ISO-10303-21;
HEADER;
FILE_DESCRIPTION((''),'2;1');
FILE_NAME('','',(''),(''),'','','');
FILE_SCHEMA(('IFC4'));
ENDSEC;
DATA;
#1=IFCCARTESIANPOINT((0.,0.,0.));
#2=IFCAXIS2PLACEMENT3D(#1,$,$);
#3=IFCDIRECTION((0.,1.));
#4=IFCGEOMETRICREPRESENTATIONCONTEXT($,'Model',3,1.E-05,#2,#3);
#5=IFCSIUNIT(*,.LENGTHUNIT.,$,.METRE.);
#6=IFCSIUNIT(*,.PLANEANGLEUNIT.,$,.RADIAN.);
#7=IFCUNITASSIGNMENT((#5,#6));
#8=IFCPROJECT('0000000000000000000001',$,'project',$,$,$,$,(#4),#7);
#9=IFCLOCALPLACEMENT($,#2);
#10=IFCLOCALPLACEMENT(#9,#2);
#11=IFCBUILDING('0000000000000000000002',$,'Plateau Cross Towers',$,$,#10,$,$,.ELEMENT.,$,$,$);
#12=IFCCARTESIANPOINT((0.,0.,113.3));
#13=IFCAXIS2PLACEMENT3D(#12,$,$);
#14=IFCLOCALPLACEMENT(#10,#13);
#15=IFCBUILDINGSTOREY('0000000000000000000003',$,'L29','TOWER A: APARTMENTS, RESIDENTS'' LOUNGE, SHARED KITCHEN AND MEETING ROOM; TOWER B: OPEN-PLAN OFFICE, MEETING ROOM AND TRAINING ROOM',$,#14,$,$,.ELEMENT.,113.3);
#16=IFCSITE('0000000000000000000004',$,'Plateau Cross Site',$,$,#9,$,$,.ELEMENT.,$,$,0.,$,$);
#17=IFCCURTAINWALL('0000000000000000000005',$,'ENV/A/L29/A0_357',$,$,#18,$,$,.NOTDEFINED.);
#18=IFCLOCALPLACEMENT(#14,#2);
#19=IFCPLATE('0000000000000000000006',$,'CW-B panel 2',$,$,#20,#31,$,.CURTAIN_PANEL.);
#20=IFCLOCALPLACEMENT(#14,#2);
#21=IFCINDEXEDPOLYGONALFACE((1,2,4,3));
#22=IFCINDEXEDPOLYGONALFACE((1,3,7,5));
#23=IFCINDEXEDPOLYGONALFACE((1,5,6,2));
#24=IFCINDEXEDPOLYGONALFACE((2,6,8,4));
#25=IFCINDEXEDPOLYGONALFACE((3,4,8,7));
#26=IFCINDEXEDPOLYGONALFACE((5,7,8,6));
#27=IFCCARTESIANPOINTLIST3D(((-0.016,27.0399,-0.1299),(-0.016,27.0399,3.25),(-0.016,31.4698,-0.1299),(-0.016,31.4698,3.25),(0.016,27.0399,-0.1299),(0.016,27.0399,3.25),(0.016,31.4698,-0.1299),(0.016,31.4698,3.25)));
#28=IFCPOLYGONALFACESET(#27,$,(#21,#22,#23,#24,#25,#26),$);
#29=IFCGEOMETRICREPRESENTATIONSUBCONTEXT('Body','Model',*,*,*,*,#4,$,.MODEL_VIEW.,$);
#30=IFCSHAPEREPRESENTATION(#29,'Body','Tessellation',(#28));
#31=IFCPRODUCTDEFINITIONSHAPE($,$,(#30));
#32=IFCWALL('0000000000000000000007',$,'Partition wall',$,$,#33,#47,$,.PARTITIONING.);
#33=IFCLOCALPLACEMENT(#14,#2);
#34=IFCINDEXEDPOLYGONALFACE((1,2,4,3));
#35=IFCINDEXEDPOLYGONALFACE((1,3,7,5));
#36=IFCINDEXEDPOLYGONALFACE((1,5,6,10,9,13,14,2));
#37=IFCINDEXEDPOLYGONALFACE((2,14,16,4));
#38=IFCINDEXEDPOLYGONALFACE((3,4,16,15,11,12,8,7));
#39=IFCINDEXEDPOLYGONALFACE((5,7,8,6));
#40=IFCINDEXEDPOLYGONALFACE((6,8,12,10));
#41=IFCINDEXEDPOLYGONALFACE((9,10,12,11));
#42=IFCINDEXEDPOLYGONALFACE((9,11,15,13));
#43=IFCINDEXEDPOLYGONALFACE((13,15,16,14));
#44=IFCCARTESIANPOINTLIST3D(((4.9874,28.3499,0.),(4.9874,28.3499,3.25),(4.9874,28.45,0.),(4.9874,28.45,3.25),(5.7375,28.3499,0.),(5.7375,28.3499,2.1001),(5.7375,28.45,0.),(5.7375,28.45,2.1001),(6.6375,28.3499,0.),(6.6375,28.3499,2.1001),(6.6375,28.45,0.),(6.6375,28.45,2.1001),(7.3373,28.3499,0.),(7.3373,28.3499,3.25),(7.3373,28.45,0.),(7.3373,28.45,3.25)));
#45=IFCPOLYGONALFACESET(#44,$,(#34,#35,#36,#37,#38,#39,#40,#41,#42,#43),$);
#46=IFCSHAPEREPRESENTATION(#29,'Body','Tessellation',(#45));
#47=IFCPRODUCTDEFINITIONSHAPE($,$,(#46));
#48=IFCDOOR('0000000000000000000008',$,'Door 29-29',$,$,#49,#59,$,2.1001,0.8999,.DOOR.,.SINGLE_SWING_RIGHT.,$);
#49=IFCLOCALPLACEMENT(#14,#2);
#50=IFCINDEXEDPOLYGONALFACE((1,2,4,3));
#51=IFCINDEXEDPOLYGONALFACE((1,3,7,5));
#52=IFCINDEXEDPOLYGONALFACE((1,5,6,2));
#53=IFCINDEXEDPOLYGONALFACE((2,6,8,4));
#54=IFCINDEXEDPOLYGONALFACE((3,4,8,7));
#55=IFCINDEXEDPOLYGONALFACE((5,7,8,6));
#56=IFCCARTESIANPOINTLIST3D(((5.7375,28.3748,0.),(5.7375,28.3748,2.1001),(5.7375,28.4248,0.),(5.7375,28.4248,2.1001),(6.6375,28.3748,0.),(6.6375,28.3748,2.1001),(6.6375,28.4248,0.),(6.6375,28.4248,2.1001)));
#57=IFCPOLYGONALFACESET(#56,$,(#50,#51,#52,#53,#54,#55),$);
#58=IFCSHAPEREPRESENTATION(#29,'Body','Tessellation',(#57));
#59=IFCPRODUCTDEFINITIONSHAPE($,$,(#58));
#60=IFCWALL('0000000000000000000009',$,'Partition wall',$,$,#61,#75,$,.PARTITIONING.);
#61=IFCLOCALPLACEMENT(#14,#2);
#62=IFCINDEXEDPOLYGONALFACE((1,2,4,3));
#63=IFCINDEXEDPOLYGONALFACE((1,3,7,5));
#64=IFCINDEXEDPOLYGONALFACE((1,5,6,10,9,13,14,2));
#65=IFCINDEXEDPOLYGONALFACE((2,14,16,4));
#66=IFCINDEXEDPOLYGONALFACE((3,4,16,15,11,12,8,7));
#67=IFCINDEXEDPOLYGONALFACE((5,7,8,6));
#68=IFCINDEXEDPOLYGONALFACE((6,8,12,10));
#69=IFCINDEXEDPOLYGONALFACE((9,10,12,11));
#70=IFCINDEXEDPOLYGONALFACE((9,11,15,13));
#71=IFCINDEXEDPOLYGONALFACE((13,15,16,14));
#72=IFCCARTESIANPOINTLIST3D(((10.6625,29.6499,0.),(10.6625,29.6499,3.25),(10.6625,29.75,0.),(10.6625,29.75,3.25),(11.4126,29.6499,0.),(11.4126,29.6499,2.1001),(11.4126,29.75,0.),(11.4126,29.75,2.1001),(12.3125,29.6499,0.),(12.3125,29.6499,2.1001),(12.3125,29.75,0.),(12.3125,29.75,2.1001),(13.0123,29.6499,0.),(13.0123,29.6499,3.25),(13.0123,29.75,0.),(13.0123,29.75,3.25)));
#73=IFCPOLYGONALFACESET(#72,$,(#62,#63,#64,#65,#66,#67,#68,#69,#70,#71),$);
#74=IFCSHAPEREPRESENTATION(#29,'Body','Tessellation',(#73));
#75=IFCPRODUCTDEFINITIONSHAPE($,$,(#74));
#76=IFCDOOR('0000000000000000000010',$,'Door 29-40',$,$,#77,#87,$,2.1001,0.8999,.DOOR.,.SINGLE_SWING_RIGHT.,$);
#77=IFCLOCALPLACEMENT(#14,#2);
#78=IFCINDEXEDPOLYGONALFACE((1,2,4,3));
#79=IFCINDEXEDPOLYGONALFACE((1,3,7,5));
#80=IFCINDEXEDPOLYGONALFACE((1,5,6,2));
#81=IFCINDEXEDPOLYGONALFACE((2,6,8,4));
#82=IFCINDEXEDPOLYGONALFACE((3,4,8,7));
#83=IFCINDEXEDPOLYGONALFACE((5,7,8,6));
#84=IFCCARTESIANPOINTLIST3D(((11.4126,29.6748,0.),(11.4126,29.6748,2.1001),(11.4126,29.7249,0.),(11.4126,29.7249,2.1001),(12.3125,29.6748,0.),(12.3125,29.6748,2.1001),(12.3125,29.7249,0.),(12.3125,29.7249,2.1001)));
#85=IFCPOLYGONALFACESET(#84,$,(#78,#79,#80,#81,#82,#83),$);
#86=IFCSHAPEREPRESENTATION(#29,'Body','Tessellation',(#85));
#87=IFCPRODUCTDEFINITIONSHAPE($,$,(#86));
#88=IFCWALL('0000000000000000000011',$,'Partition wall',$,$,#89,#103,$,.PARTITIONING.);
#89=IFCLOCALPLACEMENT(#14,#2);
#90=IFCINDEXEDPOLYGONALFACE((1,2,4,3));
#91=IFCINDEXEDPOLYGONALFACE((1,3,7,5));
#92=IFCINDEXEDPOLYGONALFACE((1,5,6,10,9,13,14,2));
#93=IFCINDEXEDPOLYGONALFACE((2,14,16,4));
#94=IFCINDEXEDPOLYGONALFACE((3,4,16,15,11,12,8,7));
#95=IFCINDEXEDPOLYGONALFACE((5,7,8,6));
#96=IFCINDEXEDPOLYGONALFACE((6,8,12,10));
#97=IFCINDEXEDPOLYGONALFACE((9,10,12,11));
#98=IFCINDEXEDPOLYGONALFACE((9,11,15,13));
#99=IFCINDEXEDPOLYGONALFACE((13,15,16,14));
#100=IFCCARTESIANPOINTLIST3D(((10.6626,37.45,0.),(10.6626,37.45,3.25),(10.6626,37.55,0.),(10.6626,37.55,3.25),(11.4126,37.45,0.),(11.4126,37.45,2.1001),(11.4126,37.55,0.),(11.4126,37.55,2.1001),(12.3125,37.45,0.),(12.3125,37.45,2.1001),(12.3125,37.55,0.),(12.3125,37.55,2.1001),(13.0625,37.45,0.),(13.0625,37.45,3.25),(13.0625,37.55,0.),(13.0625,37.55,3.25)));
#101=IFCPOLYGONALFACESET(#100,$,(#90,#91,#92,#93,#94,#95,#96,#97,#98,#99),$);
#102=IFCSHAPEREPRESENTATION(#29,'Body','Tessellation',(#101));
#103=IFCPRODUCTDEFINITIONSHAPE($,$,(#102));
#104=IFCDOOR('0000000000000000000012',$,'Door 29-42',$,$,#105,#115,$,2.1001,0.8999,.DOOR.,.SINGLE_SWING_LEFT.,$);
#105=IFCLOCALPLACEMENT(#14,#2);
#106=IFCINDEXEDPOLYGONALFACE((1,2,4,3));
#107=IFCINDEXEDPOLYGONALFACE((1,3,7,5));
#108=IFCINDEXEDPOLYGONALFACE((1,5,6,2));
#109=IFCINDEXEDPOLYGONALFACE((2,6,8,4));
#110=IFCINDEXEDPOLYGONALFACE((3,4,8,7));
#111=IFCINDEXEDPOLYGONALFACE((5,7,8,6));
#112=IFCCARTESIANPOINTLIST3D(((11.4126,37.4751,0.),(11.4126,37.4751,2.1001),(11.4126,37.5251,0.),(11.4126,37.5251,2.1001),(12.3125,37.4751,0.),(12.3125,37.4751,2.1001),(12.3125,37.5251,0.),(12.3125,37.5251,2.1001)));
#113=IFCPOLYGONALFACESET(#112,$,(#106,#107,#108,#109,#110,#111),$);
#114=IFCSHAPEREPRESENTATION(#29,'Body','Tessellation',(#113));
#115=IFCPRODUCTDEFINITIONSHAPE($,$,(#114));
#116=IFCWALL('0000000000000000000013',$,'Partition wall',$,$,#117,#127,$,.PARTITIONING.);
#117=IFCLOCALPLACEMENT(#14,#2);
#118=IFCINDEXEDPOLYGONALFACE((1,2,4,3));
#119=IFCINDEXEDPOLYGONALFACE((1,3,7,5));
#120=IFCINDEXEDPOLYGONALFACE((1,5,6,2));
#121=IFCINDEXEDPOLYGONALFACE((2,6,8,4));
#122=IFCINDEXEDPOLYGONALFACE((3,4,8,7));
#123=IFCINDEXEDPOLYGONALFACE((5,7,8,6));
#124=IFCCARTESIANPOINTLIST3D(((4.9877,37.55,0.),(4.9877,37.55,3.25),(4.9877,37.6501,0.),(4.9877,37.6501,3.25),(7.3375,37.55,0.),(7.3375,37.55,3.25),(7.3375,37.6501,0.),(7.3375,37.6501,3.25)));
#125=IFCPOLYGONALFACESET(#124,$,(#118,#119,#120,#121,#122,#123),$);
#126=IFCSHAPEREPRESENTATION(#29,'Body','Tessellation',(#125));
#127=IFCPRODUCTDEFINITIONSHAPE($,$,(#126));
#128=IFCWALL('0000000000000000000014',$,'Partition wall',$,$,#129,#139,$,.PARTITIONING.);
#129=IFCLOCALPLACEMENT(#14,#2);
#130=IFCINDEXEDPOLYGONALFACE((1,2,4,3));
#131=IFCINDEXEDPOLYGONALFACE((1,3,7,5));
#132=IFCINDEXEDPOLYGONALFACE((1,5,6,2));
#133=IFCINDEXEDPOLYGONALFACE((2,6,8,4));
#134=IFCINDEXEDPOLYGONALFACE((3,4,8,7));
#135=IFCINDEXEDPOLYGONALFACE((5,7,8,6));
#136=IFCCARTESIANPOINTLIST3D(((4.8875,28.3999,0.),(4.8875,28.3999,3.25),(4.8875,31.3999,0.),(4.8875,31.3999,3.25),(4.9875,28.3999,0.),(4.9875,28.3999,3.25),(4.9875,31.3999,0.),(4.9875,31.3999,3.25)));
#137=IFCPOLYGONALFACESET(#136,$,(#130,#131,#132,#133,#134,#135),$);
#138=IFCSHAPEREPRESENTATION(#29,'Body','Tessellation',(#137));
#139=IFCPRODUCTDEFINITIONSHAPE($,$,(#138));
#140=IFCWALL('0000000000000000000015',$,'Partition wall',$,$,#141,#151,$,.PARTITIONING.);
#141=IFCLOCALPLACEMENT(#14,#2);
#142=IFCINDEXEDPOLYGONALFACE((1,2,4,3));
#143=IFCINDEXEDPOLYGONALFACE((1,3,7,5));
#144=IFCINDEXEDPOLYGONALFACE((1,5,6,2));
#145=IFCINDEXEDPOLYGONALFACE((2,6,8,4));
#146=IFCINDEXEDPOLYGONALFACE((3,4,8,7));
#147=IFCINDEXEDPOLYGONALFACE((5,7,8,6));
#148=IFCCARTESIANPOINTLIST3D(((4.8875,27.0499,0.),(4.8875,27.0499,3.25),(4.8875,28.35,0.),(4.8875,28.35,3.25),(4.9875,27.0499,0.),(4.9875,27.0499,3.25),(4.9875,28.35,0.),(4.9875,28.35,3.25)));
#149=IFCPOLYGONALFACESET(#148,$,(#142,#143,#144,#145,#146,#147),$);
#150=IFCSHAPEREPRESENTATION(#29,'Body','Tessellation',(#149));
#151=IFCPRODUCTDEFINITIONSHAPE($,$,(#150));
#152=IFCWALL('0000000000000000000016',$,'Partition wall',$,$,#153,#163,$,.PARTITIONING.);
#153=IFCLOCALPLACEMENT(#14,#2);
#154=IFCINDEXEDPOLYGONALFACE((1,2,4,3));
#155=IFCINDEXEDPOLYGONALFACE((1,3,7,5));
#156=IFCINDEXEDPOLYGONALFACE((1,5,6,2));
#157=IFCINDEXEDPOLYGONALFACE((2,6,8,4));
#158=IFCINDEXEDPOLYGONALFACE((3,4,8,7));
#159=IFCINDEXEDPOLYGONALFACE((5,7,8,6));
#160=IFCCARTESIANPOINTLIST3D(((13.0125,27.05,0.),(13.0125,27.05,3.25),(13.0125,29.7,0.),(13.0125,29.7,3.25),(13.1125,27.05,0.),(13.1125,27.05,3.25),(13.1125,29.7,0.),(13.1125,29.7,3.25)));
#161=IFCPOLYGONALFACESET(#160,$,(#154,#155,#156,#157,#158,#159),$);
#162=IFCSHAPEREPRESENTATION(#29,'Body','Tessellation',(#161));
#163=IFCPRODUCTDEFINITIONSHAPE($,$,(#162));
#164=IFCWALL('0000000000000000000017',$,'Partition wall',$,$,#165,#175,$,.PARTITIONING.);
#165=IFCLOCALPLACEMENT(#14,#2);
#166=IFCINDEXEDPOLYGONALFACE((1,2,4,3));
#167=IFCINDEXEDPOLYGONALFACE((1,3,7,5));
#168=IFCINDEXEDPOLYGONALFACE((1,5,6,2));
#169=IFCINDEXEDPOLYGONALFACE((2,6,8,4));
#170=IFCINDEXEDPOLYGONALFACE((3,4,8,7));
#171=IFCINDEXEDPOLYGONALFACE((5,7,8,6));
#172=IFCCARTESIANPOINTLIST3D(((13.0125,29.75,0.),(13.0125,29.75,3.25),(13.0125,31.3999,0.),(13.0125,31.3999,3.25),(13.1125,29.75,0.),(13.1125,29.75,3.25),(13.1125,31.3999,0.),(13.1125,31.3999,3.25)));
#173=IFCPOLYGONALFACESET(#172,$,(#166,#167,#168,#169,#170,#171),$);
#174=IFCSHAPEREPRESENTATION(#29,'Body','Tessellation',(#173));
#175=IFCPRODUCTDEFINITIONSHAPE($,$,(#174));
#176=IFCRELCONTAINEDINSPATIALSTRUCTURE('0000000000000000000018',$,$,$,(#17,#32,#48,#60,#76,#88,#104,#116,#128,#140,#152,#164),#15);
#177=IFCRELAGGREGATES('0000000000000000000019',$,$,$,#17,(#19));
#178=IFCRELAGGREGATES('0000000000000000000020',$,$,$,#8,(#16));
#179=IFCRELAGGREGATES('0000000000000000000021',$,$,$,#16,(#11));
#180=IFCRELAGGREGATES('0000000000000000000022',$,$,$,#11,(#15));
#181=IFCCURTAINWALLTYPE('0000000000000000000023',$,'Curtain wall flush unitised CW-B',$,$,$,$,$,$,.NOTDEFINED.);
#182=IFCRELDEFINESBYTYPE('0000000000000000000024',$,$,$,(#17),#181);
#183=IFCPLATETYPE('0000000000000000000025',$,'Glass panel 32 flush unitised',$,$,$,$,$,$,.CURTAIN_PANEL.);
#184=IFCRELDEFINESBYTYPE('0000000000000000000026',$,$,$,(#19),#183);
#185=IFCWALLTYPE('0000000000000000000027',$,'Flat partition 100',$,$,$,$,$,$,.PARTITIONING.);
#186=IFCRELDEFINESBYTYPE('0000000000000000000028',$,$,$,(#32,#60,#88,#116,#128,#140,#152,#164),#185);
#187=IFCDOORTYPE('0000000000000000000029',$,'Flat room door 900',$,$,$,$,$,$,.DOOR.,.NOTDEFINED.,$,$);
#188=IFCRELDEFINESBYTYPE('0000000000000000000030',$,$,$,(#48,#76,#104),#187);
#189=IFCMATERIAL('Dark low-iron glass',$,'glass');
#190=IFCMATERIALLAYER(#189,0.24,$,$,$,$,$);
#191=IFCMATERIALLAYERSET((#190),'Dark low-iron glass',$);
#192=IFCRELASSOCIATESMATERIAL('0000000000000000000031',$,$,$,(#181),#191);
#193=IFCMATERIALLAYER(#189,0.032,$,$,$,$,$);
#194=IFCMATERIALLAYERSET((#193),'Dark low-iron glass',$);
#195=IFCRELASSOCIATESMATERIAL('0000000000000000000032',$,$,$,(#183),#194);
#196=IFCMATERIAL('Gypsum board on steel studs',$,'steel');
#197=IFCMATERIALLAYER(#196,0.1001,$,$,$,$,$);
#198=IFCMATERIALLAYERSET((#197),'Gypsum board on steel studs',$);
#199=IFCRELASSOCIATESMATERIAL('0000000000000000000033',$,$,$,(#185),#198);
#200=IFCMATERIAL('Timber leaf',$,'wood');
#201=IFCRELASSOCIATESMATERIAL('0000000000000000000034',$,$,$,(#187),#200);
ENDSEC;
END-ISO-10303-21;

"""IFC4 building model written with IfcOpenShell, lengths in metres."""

from ifc_helpers import new_model, si_unit, direction, frame, frame_2d, origin, origin_2d, place, context, subcontext, project, spatial, rectangle, extrude, material, layer, layer_set, type_object, element, fill, aggregate, save


model = new_model("IFC4")

# Units and contexts
model_context = context("Model", 3, precision=1e-05, world=origin(), true_north=direction((0.0, 1.0)))
body_context = subcontext(model_context, "Body", "Model", "MODEL_VIEW")
ifc_project = project(units=[si_unit("LENGTHUNIT", "METRE"), si_unit("PLANEANGLEUNIT", "RADIAN")], contexts=[model_context])

# Site, building, storey
site_placement = place(None, origin())
site = spatial("IfcSite", under=ifc_project, at=site_placement, Name="Plateau Cross Site", CompositionType="ELEMENT", RefElevation=0.0)
building_placement = place(site_placement, origin())
building = spatial("IfcBuilding", under=site, at=building_placement, Name="Plateau Cross Towers", CompositionType="ELEMENT")
storey_placement = place(building_placement, frame((0.0, 0.0, 113.3)))
storey = spatial("IfcBuildingStorey", under=building, at=storey_placement, Name="L29", Description="TOWER A: APARTMENTS, RESIDENTS' LOUNGE, SHARED KITCHEN AND MEETING ROOM; TOWER B: OPEN-PLAN OFFICE, MEETING ROOM AND TRAINING ROOM", CompositionType="ELEMENT", Elevation=113.3)

# Shared definitions
ifc_material_1 = material(Name="Dark low-iron glass", Category="glass")
ifc_layer_1 = layer(ifc_material_1, 0.24)
ifc_layer_set_1 = layer_set([ifc_layer_1], Name="Dark low-iron glass")
curtain_wall_type = type_object("IfcCurtainWallType", Name="Curtain wall flush unitised CW-B", PredefinedType="NOTDEFINED", material=ifc_layer_set_1)

# Curtain wall
curtain_wall_1_placement = place(storey_placement, origin())
curtain_wall_1 = element("IfcCurtainWall", 1, at=curtain_wall_1_placement, inside=storey, type_object=curtain_wall_type, Name="ENV/A/L29/A0_357", PredefinedType="NOTDEFINED")

# Plate
ifc_layer_2 = layer(ifc_material_1, 0.032)
ifc_layer_set_2 = layer_set([ifc_layer_2], Name="Dark low-iron glass")
plate_type = type_object("IfcPlateType", Name="Glass panel 32 flush unitised", PredefinedType="CURTAIN_PANEL", material=ifc_layer_set_2)
plate_1_placement = place(storey_placement, frame((0.0, 29.2549, -0.1299), z_axis=(0.0, 0.0, 1.0), x_axis=(0.0, -1.0, 0.0)))
plate_1 = element("IfcPlate", 2, at=plate_1_placement, type_object=plate_type, Name="CW-B panel 2", PredefinedType="CURTAIN_PANEL", context=body_context, shape_type="SweptSolid", body=[
    extrude(rectangle(XDim=4.4299, YDim=0.032, at=origin_2d()), origin(), (0.0, 0.0, 1.0), 3.3799),
])
aggregate(curtain_wall_1, [plate_1])

# Walls, openings, doors
ifc_material_2 = material(Name="Gypsum board on steel studs", Category="steel")
ifc_layer_3 = layer(ifc_material_2, 0.1001)
ifc_layer_set_3 = layer_set([ifc_layer_3], Name="Gypsum board on steel studs")
wall_type_1 = type_object("IfcWallType", Name="Flat partition 100", PredefinedType="PARTITIONING", material=ifc_layer_set_3)
wall_1_placement = place(storey_placement, frame((4.9875, 28.3999, 0.0), z_axis=(0.0, 0.0, 1.0), x_axis=(1.0, 0.0, 0.0)))
wall_1 = element("IfcWall", 3, at=wall_1_placement, inside=storey, type_object=wall_type_1, Name="Partition wall", PredefinedType="PARTITIONING", context=body_context, shape_type="SweptSolid", body=[
    extrude(rectangle(XDim=2.3499, YDim=0.1001, at=frame_2d((1.1748, 0.0))), origin(), (0.0, 0.0, 1.0), 3.25),
])
opening_1_placement = place(wall_1_placement, frame((0.75, 0.0, 0.0)))
opening_1 = element("IfcOpeningElement", 4, at=opening_1_placement, cuts=wall_1, PredefinedType="OPENING", context=body_context, shape_type="SweptSolid", body=[
    extrude(rectangle(XDim=0.8999, YDim=2.1001, at=frame_2d((0.45, 1.05))), frame((0.0, 0.0601, 0.0), z_axis=(0.0, -1.0, 0.0), x_axis=(1.0, 0.0, 0.0)), (0.0, 0.0, 1.0), 0.1201),
])
ifc_material_3 = material(Name="Timber leaf", Category="wood")
door_type_1 = type_object("IfcDoorType", Name="Flat room door 900", OperationType="NOTDEFINED", PredefinedType="DOOR", material=ifc_material_3)
door_1_placement = place(opening_1_placement, origin())
door_1 = element("IfcDoor", 5, at=door_1_placement, inside=storey, type_object=door_type_1, Name="Door 29-29", OperationType="SINGLE_SWING_RIGHT", OverallHeight=2.1001, OverallWidth=0.8999, PredefinedType="DOOR", context=body_context, shape_type="SweptSolid", body=[
    extrude(rectangle(XDim=0.8999, YDim=2.1001, at=frame_2d((0.45, 1.05))), frame((0.0, 0.0249, 0.0), z_axis=(0.0, -1.0, 0.0), x_axis=(1.0, 0.0, 0.0)), (0.0, 0.0, 1.0), 0.05),
])
fill(opening_1, door_1)
wall_2_placement = place(storey_placement, frame((10.6626, 29.7, 0.0), z_axis=(0.0, 0.0, 1.0), x_axis=(1.0, 0.0, 0.0)))
wall_2 = element("IfcWall", 6, at=wall_2_placement, inside=storey, type_object=wall_type_1, Name="Partition wall", PredefinedType="PARTITIONING", context=body_context, shape_type="SweptSolid", body=[
    extrude(rectangle(XDim=2.3499, YDim=0.1001, at=frame_2d((1.1748, 0.0))), origin(), (0.0, 0.0, 1.0), 3.25),
])
opening_2_placement = place(wall_2_placement, frame((0.75, 0.0, 0.0)))
opening_2 = element("IfcOpeningElement", 7, at=opening_2_placement, cuts=wall_2, PredefinedType="OPENING", context=body_context, shape_type="SweptSolid", body=[
    extrude(rectangle(XDim=0.8999, YDim=2.1001, at=frame_2d((0.45, 1.05))), frame((0.0, 0.0601, 0.0), z_axis=(0.0, -1.0, 0.0), x_axis=(1.0, 0.0, 0.0)), (0.0, 0.0, 1.0), 0.1201),
])
door_2_placement = place(opening_2_placement, origin())
door_2 = element("IfcDoor", 8, at=door_2_placement, inside=storey, type_object=door_type_1, Name="Door 29-40", OperationType="SINGLE_SWING_RIGHT", OverallHeight=2.1001, OverallWidth=0.8999, PredefinedType="DOOR", context=body_context, shape_type="SweptSolid", body=[
    extrude(rectangle(XDim=0.8999, YDim=2.1001, at=frame_2d((0.45, 1.05))), frame((0.0, 0.0249, 0.0), z_axis=(0.0, -1.0, 0.0), x_axis=(1.0, 0.0, 0.0)), (0.0, 0.0, 1.0), 0.05),
])
fill(opening_2, door_2)
wall_3_placement = place(storey_placement, frame((13.0625, 37.5, 0.0), z_axis=(0.0, 0.0, 1.0), x_axis=(-1.0, 0.0, 0.0)))
wall_3 = element("IfcWall", 9, at=wall_3_placement, inside=storey, type_object=wall_type_1, Name="Partition wall", PredefinedType="PARTITIONING", context=body_context, shape_type="SweptSolid", body=[
    extrude(rectangle(XDim=2.3999, YDim=0.1001, at=frame_2d((1.2, 0.0))), origin(), (0.0, 0.0, 1.0), 3.25),
])
opening_3_placement = place(wall_3_placement, frame((0.75, 0.0, 0.0)))
opening_3 = element("IfcOpeningElement", 10, at=opening_3_placement, cuts=wall_3, PredefinedType="OPENING", context=body_context, shape_type="SweptSolid", body=[
    extrude(rectangle(XDim=0.8999, YDim=2.1001, at=frame_2d((0.45, 1.05))), frame((0.0, 0.0601, 0.0), z_axis=(0.0, -1.0, 0.0), x_axis=(1.0, 0.0, 0.0)), (0.0, 0.0, 1.0), 0.1201),
])
door_3_placement = place(opening_3_placement, origin())
door_3 = element("IfcDoor", 11, at=door_3_placement, inside=storey, type_object=door_type_1, Name="Door 29-42", OperationType="SINGLE_SWING_LEFT", OverallHeight=2.1001, OverallWidth=0.8999, PredefinedType="DOOR", context=body_context, shape_type="SweptSolid", body=[
    extrude(rectangle(XDim=0.8999, YDim=2.1001, at=frame_2d((0.45, 1.05))), frame((0.0, 0.0249, 0.0), z_axis=(0.0, -1.0, 0.0), x_axis=(1.0, 0.0, 0.0)), (0.0, 0.0, 1.0), 0.05),
])
fill(opening_3, door_3)

# Walls
wall_4_placement = place(storey_placement, frame((7.3374, 37.6001, 0.0), z_axis=(0.0, 0.0, 1.0), x_axis=(-1.0, 0.0, 0.0)))
element("IfcWall", 12, at=wall_4_placement, inside=storey, type_object=wall_type_1, Name="Partition wall", PredefinedType="PARTITIONING", context=body_context, shape_type="SweptSolid", body=[
    extrude(rectangle(XDim=2.3499, YDim=0.1001, at=frame_2d((1.1748, 0.0))), origin(), (0.0, 0.0, 1.0), 3.25),
])
wall_5_placement = place(storey_placement, frame((4.9375, 31.3999, 0.0), z_axis=(0.0, 0.0, 1.0), x_axis=(0.0, -1.0, 0.0)))
element("IfcWall", 13, at=wall_5_placement, inside=storey, type_object=wall_type_1, Name="Partition wall", PredefinedType="PARTITIONING", context=body_context, shape_type="SweptSolid", body=[
    extrude(rectangle(XDim=3.0, YDim=0.1001, at=frame_2d((1.5, 0.0))), origin(), (0.0, 0.0, 1.0), 3.25),
])
wall_6_placement = place(storey_placement, frame((4.9375, 27.05, 0.0), z_axis=(0.0, 0.0, 1.0), x_axis=(0.0, 1.0, 0.0)))
element("IfcWall", 14, at=wall_6_placement, inside=storey, type_object=wall_type_1, Name="Partition wall", PredefinedType="PARTITIONING", context=body_context, shape_type="SweptSolid", body=[
    extrude(rectangle(XDim=1.3, YDim=0.1001, at=frame_2d((0.6499, 0.0))), origin(), (0.0, 0.0, 1.0), 3.25),
])
wall_7_placement = place(storey_placement, frame((13.0625, 29.7, 0.0), z_axis=(0.0, 0.0, 1.0), x_axis=(0.0, -1.0, 0.0)))
element("IfcWall", 15, at=wall_7_placement, inside=storey, type_object=wall_type_1, Name="Partition wall", PredefinedType="PARTITIONING", context=body_context, shape_type="SweptSolid", body=[
    extrude(rectangle(XDim=2.6499, YDim=0.1001, at=frame_2d((1.325, 0.0))), origin(), (0.0, 0.0, 1.0), 3.25),
])
wall_8_placement = place(storey_placement, frame((13.0625, 29.75, 0.0), z_axis=(0.0, 0.0, 1.0), x_axis=(0.0, 1.0, 0.0)))
element("IfcWall", 16, at=wall_8_placement, inside=storey, type_object=wall_type_1, Name="Partition wall", PredefinedType="PARTITIONING", context=body_context, shape_type="SweptSolid", body=[
    extrude(rectangle(XDim=1.6499, YDim=0.1001, at=frame_2d((0.825, 0.0))), origin(), (0.0, 0.0, 1.0), 3.25),
])

save(model, "model.ifc")
